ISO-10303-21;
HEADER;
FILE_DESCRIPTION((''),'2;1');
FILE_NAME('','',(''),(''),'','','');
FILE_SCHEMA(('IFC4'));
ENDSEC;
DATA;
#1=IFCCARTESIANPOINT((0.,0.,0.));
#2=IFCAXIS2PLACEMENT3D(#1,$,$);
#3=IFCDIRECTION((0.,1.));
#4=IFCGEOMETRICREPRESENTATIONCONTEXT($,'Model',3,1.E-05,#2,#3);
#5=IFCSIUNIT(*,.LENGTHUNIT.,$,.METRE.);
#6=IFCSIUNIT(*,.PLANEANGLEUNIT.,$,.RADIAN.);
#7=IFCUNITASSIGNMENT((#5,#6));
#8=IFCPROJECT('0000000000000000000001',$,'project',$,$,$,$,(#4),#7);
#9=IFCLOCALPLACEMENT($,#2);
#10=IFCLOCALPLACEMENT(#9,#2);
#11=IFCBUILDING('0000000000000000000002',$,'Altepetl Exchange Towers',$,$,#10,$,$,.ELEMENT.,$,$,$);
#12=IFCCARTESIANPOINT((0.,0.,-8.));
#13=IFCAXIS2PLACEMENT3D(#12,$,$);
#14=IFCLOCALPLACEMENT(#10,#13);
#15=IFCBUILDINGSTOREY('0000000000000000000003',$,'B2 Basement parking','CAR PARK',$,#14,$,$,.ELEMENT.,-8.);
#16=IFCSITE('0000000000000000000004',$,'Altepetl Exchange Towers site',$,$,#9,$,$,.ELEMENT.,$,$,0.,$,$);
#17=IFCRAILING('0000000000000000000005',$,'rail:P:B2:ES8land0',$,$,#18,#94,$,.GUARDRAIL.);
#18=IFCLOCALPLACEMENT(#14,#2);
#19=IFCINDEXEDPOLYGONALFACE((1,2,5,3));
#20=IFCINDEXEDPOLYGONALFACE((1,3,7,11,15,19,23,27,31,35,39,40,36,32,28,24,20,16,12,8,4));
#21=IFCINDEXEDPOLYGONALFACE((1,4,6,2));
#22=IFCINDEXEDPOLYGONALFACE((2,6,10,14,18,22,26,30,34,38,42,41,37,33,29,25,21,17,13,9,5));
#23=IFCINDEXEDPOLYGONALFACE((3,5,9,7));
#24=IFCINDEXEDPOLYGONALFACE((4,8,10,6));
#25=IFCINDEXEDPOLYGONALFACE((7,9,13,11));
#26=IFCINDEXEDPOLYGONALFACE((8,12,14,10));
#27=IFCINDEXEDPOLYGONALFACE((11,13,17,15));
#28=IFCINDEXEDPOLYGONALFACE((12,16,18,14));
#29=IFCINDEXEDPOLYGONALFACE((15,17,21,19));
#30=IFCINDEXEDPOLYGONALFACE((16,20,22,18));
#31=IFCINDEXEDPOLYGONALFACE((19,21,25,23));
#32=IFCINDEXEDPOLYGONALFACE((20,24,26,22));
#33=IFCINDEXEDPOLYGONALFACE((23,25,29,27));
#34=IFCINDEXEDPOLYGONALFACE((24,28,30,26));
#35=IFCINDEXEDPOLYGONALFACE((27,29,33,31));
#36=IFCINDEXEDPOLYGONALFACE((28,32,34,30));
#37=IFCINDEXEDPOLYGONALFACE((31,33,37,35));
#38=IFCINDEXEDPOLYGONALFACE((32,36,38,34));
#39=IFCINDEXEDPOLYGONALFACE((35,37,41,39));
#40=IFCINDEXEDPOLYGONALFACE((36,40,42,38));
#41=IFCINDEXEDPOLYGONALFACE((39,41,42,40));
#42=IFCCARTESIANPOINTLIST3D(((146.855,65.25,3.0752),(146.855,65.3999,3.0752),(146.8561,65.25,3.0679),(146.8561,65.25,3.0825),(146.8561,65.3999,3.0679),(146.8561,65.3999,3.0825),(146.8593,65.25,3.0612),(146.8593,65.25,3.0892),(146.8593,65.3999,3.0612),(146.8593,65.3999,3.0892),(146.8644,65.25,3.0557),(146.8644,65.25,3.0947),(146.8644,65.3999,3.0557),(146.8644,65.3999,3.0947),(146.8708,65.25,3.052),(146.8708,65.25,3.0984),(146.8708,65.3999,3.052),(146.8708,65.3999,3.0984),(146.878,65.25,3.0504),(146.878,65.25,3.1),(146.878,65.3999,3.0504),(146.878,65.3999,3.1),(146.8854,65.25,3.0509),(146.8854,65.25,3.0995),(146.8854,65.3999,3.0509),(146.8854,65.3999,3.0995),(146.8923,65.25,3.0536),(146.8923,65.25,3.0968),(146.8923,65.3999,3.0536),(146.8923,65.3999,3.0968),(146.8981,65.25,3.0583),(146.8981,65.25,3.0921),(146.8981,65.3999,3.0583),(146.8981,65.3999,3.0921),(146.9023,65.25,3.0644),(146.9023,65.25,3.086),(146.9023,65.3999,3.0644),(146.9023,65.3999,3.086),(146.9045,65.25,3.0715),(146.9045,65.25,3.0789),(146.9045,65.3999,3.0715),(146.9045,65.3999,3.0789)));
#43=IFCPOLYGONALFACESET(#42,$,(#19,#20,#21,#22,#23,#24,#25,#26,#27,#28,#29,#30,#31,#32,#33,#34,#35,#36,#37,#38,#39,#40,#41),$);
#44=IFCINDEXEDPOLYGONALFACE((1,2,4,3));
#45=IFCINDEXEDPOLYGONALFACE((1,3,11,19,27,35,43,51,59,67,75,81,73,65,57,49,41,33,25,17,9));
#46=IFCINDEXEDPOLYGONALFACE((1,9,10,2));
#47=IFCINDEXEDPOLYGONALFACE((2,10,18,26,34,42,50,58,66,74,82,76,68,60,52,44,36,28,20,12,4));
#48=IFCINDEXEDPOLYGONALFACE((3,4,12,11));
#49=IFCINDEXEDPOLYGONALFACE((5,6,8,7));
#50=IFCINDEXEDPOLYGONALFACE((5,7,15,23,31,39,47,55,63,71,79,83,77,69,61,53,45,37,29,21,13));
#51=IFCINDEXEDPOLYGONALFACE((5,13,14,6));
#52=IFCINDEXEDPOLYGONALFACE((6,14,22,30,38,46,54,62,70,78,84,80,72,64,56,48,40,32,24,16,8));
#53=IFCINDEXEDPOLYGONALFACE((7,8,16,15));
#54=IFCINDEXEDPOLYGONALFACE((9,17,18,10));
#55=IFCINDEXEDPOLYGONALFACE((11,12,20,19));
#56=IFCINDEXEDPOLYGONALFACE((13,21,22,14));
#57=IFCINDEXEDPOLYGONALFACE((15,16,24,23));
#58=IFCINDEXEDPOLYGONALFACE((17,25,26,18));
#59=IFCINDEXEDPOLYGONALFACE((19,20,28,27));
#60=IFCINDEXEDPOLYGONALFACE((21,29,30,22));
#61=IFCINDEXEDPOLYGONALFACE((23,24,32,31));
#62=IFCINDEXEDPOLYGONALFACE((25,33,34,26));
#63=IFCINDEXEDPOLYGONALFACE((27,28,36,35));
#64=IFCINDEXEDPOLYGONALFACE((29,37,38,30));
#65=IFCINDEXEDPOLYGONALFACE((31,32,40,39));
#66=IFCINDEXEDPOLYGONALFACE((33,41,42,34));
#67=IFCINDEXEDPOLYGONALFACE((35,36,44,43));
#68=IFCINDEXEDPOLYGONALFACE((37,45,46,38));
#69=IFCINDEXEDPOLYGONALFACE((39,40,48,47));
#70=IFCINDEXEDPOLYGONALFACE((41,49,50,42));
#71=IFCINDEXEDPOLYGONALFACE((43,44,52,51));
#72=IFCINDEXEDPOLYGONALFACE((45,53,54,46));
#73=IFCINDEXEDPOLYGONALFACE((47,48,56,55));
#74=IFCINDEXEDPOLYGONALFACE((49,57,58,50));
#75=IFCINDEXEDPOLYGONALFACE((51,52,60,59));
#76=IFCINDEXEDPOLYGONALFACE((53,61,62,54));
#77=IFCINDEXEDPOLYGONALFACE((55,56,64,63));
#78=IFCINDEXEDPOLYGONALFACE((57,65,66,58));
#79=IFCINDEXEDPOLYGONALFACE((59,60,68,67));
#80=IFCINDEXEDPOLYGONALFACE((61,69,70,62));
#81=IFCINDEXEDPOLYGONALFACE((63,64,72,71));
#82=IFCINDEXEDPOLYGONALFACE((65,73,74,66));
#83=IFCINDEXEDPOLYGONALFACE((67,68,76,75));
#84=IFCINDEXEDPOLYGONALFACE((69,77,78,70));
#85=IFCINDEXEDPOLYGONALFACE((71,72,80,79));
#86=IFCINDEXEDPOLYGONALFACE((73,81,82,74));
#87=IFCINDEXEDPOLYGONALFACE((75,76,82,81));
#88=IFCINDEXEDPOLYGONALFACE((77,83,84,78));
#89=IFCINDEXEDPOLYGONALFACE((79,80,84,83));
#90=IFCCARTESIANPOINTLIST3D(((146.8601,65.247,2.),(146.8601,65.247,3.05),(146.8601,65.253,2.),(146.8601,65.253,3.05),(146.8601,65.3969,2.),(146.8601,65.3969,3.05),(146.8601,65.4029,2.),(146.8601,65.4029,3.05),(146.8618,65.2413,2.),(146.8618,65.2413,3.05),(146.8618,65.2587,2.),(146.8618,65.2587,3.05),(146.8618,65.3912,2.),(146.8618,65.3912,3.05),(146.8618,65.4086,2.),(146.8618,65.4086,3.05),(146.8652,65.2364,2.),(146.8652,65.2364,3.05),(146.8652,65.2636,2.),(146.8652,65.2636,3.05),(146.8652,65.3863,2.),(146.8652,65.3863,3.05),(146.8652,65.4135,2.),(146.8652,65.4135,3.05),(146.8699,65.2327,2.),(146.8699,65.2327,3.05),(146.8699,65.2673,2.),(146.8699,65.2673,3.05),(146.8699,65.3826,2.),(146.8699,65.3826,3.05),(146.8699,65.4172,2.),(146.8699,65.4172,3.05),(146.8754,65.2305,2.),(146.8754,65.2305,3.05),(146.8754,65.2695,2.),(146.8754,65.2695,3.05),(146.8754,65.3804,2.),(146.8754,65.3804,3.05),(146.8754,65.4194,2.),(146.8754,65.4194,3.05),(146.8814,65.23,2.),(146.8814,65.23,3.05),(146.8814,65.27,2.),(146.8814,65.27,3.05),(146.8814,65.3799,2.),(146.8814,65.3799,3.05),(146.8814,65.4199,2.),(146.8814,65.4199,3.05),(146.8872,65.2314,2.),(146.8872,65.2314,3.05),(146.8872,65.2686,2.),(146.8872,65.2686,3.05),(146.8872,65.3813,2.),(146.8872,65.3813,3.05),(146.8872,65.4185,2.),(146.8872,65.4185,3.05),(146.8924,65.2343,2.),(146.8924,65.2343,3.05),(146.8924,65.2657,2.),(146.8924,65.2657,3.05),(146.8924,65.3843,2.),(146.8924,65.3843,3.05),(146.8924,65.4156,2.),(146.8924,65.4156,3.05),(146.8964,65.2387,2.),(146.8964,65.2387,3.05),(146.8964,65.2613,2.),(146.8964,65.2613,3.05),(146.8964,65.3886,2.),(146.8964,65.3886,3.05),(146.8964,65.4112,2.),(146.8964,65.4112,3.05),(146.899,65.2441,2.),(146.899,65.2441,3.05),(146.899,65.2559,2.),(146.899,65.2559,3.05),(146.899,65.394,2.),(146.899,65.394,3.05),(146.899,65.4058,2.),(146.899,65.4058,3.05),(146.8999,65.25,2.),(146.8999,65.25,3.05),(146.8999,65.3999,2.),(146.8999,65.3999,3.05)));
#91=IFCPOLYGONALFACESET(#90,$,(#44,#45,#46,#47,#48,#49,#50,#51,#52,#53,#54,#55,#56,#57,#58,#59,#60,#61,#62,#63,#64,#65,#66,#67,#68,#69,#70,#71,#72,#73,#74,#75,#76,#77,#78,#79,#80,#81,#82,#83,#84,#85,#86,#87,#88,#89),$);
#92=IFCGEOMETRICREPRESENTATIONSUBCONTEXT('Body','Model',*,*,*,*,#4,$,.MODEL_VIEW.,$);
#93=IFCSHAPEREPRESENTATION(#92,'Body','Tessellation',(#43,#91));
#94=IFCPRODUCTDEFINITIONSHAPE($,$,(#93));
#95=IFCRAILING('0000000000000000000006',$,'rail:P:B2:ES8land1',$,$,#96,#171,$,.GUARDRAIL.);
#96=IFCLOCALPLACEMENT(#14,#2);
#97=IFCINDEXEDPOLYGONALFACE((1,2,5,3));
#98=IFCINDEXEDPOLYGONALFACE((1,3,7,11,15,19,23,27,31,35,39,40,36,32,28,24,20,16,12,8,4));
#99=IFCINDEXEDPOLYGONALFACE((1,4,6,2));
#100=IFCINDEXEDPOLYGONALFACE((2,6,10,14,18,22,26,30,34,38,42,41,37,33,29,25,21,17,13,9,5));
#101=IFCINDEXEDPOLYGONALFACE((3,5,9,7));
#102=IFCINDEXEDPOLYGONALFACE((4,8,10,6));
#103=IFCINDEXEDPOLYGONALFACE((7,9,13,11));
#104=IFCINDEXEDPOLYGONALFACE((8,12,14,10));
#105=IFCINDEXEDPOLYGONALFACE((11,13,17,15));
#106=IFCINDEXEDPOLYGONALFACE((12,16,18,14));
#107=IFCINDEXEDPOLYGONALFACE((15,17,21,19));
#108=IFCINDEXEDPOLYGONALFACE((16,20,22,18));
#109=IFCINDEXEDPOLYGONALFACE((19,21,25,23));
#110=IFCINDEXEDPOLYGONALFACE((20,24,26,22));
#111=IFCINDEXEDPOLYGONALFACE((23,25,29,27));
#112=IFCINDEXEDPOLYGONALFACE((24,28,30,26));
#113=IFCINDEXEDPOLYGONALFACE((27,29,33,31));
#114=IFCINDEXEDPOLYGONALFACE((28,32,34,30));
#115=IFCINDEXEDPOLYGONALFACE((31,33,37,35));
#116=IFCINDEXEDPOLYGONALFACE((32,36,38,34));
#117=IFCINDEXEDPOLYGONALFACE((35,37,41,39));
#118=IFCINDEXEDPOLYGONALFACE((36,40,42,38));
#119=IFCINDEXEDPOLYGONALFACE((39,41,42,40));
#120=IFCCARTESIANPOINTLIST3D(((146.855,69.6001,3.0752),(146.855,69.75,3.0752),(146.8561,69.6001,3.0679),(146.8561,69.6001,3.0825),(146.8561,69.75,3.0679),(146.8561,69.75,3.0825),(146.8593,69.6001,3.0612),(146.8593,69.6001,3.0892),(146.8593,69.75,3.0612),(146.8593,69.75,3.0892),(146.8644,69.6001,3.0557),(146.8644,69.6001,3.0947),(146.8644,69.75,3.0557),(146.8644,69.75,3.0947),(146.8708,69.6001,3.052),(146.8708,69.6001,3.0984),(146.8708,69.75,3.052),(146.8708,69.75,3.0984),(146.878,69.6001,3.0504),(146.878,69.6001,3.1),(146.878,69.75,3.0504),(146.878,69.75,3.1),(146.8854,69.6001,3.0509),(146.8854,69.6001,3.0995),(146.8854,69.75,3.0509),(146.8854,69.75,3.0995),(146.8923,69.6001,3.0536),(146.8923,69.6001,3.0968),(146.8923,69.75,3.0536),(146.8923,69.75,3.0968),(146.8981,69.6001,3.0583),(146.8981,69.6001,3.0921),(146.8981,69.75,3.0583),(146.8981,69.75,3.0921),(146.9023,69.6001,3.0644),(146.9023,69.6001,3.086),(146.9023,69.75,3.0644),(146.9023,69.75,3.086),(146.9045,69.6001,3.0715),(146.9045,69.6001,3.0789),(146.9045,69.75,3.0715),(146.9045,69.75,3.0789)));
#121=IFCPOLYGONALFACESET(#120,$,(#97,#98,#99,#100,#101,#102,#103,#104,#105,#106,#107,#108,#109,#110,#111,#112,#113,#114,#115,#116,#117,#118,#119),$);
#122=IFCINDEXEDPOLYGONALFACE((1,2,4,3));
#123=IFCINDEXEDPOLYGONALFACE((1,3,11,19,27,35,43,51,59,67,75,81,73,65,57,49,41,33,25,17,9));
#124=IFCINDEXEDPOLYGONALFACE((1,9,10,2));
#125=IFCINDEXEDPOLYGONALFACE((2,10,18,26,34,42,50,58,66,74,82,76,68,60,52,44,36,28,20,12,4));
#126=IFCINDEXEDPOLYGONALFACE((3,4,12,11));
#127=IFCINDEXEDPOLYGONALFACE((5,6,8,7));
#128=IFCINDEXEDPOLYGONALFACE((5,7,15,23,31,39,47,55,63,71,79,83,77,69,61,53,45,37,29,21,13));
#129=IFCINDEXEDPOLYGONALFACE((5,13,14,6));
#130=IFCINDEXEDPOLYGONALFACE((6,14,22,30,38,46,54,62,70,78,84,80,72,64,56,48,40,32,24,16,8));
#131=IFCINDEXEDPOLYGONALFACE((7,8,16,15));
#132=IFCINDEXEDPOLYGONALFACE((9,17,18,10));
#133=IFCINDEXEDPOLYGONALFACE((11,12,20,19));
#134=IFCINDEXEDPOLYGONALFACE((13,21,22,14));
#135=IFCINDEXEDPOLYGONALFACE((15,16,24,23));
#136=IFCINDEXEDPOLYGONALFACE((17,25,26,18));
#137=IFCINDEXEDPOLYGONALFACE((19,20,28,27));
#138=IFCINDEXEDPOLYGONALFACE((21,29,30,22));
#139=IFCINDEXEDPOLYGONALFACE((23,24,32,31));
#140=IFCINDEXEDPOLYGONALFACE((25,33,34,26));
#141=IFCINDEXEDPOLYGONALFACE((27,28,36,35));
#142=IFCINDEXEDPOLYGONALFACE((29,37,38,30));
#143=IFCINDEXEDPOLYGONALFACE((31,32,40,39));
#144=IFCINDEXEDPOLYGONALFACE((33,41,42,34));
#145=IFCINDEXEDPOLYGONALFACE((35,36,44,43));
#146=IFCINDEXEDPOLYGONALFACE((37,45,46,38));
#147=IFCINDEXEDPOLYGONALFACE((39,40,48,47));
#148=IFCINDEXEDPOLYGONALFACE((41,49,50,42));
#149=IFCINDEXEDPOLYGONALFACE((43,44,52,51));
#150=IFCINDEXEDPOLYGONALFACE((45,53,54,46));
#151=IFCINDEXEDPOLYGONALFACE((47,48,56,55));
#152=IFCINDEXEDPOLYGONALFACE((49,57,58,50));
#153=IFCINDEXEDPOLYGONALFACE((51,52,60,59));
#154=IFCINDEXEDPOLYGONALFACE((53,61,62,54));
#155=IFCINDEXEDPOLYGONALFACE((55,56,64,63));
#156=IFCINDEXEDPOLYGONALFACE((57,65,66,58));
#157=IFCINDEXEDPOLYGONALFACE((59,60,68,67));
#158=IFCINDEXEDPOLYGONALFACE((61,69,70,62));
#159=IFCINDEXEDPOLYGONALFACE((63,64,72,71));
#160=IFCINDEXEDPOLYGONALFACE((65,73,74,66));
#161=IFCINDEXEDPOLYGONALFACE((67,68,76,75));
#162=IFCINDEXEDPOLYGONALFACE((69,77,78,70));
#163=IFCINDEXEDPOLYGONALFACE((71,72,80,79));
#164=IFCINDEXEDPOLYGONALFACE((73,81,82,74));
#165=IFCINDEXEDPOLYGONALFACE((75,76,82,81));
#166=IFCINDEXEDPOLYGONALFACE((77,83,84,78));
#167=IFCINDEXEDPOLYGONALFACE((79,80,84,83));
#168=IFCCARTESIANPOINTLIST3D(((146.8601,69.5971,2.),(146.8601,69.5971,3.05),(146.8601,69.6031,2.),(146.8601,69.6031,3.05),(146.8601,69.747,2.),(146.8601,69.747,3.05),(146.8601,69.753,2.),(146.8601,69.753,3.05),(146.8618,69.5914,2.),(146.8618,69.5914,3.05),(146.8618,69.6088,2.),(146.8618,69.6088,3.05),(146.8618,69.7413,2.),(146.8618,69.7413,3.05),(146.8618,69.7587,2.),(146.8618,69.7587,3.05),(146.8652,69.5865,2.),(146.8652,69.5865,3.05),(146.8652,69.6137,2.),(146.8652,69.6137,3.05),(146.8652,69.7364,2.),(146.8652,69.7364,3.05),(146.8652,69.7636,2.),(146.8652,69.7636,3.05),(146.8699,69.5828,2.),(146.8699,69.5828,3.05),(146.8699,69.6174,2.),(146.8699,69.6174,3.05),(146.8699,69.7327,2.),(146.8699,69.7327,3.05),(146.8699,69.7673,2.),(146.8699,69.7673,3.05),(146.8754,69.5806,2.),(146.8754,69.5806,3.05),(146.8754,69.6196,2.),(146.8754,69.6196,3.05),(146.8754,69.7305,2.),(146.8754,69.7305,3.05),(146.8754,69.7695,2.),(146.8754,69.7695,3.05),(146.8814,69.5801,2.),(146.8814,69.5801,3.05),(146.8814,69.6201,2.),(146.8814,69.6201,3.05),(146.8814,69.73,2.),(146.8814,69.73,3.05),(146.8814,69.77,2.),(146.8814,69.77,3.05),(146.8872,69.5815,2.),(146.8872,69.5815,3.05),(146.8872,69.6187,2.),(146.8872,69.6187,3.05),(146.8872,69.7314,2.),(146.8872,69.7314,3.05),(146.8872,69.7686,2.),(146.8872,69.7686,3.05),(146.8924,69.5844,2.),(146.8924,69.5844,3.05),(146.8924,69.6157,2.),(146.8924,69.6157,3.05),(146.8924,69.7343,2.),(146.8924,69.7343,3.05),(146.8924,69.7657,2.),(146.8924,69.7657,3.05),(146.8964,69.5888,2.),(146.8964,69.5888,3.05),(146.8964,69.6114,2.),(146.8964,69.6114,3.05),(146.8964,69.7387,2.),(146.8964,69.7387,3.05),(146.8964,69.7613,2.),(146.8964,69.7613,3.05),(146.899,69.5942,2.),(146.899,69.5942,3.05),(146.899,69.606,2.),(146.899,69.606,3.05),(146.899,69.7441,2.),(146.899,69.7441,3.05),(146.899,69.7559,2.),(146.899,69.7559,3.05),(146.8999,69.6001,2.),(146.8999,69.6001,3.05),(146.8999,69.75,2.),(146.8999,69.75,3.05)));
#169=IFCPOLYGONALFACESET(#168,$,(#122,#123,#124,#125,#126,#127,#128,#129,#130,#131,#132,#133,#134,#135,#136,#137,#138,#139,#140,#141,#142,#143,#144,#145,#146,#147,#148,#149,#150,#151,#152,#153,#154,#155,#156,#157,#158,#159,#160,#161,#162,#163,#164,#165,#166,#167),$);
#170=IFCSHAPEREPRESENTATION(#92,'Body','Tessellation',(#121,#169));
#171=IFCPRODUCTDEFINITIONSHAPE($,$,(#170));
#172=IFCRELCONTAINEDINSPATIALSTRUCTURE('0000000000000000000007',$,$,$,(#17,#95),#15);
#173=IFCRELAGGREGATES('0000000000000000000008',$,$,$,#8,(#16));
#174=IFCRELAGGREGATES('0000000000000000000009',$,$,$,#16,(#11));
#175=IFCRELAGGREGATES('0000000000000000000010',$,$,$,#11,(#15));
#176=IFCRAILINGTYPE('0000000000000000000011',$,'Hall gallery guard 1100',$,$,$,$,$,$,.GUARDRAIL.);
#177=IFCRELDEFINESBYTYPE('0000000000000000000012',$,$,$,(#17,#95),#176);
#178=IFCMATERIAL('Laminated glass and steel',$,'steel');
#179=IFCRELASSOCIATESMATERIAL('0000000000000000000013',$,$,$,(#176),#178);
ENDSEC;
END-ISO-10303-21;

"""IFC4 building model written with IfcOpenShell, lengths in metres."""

from ifc_helpers import new_model, si_unit, direction, frame, origin, origin_2d, place, context, subcontext, project, spatial, circle, extrude, source, transform, mapped, material, type_object, element, save


model = new_model("IFC4")

# Units and contexts
model_context = context("Model", 3, precision=1e-05, world=origin(), true_north=direction((0.0, 1.0)))
body_context = subcontext(model_context, "Body", "Model", "MODEL_VIEW")
ifc_project = project(units=[si_unit("LENGTHUNIT", "METRE"), si_unit("PLANEANGLEUNIT", "RADIAN")], contexts=[model_context])

# Site, building, storey
site_placement = place(None, origin())
site = spatial("IfcSite", under=ifc_project, at=site_placement, Name="Altepetl Exchange Towers site", CompositionType="ELEMENT", RefElevation=0.0)
building_placement = place(site_placement, origin())
building = spatial("IfcBuilding", under=site, at=building_placement, Name="Altepetl Exchange Towers", CompositionType="ELEMENT")
storey_placement = place(building_placement, frame((0.0, 0.0, -8.0)))
storey = spatial("IfcBuildingStorey", under=building, at=storey_placement, Name="B2 Basement parking", Description="CAR PARK", CompositionType="ELEMENT", Elevation=-8.0)

# Railings
ifc_material_1 = material(Name="Laminated glass and steel", Category="steel")
railing_type_1 = type_object("IfcRailingType", Name="Hall gallery guard 1100", PredefinedType="GUARDRAIL", material=ifc_material_1)
shared_shape_1 = source(origin(), body_context, "Body", "SweptSolid", [
    extrude(circle(Radius=0.02, at=origin_2d()), origin(), (0.0, 0.0, 1.0), 1.05),
])
for number, where, name in (
    (1, (146.8799, 65.25, 2.0), "rail:P:B2:ES8land0"),
    (2, (146.8799, 69.6001, 2.0), "rail:P:B2:ES8land1"),
):
    element("IfcRailing", number, at=place(storey_placement, frame(where)), inside=storey, type_object=railing_type_1, Name=name, PredefinedType="GUARDRAIL", context=body_context, shape_type="SweptSolid", body=[
        extrude(circle(Radius=0.0249, at=origin_2d()), frame((0.0, 0.0, 1.0752), z_axis=(0.0, 1.0, 0.0), x_axis=(-1.0, 0.0, 0.0)), (0.0, 0.0, 1.0), 0.1499),
        mapped(shared_shape_1, transform((0.0, 0.0, 0.0))),
        mapped(shared_shape_1, transform((0.0, 0.1499, 0.0))),
    ])

save(model, "model.ifc")
